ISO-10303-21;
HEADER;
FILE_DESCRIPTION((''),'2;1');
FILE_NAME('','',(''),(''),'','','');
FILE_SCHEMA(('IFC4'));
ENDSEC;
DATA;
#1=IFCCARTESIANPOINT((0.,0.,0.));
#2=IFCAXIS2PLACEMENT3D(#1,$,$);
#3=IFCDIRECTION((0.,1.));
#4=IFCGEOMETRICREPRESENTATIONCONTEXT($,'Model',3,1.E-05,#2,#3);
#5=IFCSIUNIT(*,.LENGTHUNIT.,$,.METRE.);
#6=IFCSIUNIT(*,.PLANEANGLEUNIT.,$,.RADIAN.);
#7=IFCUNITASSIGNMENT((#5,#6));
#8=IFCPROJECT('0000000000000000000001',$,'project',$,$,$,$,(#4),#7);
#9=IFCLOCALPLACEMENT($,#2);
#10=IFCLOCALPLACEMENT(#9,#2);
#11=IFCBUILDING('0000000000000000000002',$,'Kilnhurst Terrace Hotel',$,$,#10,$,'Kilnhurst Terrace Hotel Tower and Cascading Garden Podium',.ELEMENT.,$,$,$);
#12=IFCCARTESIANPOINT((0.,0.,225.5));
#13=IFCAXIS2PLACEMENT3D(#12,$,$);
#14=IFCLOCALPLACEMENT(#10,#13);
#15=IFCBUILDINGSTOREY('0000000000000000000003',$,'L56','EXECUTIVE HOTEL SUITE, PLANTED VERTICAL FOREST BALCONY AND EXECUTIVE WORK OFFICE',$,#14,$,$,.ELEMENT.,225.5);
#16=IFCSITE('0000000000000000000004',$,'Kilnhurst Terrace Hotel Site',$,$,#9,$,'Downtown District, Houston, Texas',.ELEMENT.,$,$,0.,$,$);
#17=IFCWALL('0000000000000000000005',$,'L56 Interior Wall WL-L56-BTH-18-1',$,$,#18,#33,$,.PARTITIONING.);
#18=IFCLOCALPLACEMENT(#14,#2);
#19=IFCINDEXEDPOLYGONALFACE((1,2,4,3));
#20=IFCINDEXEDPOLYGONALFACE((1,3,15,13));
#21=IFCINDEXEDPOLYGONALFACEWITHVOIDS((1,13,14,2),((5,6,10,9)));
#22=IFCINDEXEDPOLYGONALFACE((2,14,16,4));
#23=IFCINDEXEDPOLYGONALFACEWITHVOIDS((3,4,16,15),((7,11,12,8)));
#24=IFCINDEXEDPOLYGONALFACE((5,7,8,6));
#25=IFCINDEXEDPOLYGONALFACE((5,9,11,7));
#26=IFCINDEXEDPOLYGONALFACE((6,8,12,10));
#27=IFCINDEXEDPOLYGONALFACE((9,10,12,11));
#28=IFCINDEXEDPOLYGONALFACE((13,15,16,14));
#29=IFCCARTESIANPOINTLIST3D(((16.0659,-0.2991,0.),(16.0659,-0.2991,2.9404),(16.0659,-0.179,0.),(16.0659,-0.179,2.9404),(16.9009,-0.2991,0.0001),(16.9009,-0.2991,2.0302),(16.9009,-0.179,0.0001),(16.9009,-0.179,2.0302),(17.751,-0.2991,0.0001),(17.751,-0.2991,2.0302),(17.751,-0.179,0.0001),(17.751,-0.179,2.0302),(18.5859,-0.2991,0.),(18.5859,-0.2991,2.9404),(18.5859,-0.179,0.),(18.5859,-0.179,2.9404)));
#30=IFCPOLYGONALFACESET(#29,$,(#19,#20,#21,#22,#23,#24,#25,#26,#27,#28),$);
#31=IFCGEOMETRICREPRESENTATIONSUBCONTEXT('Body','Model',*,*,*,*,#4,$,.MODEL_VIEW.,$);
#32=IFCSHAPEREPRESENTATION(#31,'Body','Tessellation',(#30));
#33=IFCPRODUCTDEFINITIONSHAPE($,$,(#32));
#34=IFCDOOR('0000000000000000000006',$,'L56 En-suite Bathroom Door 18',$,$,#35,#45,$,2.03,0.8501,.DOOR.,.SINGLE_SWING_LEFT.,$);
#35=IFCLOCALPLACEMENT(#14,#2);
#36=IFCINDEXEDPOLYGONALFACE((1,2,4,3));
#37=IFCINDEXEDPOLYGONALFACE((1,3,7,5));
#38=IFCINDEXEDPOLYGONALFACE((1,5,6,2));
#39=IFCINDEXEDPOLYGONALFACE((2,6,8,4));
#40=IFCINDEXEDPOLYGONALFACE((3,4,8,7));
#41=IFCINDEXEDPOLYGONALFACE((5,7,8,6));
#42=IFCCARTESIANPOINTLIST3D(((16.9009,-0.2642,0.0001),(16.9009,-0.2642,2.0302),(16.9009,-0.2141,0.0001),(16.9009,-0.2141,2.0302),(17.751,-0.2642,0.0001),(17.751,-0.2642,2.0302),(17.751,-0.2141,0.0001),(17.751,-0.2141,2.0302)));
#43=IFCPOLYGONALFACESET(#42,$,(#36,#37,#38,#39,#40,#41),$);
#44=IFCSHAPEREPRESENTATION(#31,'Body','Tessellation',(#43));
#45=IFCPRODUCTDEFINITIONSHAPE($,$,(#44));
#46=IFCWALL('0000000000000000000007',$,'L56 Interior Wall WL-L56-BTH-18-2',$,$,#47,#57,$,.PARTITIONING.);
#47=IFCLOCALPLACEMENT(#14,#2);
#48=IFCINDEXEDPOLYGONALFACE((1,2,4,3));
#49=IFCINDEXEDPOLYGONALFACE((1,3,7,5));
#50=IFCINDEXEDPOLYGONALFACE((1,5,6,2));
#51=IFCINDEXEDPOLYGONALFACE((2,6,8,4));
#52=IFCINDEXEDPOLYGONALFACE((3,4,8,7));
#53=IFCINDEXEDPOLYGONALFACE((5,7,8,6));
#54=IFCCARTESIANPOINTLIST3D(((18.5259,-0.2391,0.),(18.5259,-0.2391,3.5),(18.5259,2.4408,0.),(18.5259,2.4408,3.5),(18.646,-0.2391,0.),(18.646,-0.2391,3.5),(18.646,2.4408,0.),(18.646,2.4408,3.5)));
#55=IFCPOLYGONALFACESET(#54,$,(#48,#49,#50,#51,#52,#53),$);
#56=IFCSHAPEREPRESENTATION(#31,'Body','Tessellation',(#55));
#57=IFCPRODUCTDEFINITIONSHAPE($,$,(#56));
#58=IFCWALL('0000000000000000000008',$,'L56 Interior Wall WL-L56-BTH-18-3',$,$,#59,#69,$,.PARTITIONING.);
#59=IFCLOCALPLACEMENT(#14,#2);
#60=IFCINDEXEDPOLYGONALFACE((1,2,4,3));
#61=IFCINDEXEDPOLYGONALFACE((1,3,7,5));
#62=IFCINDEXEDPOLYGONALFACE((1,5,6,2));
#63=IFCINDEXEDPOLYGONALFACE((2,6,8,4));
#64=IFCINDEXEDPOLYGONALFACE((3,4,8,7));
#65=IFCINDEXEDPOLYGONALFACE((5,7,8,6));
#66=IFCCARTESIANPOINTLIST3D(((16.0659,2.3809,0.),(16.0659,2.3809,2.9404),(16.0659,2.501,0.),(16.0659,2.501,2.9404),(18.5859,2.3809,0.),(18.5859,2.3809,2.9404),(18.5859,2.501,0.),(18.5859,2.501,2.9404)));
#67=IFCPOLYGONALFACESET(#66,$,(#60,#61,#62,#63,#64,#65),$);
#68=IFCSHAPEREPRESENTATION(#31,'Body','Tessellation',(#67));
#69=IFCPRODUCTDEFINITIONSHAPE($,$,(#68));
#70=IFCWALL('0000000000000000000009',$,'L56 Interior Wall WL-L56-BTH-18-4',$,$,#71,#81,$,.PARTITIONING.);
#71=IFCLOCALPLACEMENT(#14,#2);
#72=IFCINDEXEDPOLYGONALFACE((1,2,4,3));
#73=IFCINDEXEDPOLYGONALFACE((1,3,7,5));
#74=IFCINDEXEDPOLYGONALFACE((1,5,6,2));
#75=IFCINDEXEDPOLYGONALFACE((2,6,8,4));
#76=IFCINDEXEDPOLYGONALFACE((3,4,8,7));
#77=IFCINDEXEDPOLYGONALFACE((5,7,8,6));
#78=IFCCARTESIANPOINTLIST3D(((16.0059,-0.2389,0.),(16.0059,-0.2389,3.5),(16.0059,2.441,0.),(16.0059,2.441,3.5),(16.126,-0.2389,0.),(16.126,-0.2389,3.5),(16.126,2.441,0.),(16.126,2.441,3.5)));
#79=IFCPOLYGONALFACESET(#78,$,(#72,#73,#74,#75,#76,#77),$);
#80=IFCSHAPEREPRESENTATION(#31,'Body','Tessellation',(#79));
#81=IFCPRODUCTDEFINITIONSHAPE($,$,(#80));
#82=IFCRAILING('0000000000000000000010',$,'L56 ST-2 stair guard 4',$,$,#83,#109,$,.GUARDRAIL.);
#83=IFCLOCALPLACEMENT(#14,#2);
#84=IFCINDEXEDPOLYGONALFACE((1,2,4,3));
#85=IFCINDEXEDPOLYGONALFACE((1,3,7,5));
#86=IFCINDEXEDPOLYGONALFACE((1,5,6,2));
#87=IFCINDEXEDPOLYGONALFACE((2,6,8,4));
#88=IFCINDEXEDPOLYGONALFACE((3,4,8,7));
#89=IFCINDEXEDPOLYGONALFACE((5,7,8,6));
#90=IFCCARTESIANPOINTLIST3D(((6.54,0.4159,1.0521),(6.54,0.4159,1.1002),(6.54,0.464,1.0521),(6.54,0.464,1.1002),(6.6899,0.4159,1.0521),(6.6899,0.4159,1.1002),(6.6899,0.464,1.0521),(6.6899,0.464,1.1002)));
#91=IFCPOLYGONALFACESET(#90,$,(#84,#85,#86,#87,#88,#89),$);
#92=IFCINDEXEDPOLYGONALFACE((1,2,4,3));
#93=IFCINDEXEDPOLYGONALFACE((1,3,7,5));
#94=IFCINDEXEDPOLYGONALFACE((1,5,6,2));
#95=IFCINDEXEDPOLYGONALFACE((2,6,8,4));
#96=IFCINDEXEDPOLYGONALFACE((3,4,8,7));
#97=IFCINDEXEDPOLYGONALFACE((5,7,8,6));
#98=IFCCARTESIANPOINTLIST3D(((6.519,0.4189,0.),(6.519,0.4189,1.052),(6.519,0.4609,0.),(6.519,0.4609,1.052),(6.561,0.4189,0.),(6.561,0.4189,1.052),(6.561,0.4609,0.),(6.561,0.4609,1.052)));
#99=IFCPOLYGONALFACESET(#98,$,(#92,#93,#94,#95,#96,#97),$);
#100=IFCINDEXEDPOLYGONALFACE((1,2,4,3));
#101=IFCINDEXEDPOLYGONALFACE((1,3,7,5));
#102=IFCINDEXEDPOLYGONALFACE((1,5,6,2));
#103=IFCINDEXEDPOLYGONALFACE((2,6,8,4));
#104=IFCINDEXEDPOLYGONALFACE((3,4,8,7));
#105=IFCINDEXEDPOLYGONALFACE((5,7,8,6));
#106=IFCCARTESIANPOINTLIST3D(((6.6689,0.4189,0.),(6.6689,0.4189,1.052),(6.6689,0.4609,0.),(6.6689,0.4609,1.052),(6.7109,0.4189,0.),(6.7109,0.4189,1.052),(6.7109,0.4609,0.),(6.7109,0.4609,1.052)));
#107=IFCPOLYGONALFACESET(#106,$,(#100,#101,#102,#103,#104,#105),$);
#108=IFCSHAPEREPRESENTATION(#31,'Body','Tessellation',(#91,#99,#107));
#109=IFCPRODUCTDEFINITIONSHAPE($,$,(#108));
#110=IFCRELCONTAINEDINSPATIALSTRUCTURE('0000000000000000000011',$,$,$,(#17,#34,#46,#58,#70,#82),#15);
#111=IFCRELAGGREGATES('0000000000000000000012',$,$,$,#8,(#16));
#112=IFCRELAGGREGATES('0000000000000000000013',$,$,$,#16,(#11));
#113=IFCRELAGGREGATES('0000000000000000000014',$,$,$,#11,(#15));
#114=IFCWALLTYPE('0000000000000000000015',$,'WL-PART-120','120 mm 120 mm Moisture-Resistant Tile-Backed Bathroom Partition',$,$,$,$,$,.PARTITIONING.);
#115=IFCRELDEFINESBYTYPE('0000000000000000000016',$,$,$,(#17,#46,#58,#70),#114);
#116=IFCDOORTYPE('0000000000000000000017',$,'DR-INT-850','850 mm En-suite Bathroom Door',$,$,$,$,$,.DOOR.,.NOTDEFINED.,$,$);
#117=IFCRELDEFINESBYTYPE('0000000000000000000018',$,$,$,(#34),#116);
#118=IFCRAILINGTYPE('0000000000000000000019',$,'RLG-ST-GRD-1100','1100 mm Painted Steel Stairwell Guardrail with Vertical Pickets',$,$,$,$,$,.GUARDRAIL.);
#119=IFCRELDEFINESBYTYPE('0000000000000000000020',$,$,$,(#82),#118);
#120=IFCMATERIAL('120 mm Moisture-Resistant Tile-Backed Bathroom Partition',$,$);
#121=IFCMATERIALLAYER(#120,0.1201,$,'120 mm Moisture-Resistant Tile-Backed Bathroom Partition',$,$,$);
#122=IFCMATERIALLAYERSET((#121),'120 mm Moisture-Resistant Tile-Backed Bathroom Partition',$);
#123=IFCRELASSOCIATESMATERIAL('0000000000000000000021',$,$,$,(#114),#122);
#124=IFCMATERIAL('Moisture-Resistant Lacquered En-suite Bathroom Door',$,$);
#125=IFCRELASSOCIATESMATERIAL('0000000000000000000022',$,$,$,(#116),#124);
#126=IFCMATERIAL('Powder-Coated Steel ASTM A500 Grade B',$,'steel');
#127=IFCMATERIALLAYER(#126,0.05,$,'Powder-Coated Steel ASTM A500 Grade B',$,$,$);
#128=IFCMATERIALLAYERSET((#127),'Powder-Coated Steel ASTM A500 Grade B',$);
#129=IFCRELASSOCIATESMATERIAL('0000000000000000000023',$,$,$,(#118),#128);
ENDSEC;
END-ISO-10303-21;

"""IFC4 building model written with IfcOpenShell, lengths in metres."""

from ifc_helpers import new_model, si_unit, direction, frame, frame_2d, origin, origin_2d, place, context, subcontext, project, spatial, rectangle, extrude, material, layer, layer_set, type_object, element, fill, save


model = new_model("IFC4")

# Units and contexts
model_context = context("Model", 3, precision=1e-05, world=origin(), true_north=direction((0.0, 1.0)))
body_context = subcontext(model_context, "Body", "Model", "MODEL_VIEW")
ifc_project = project(units=[si_unit("LENGTHUNIT", "METRE"), si_unit("PLANEANGLEUNIT", "RADIAN")], contexts=[model_context])

# Site, building, storey
site_placement = place(None, origin())
site = spatial("IfcSite", under=ifc_project, at=site_placement, Name="Kilnhurst Terrace Hotel Site", LongName="Downtown District, Houston, Texas", CompositionType="ELEMENT", RefElevation=0.0)
building_placement = place(site_placement, origin())
building = spatial("IfcBuilding", under=site, at=building_placement, Name="Kilnhurst Terrace Hotel", LongName="Kilnhurst Terrace Hotel Tower and Cascading Garden Podium", CompositionType="ELEMENT")
storey_placement = place(building_placement, frame((0.0, 0.0, 225.5)))
storey = spatial("IfcBuildingStorey", under=building, at=storey_placement, Name="L56", Description="EXECUTIVE HOTEL SUITE, PLANTED VERTICAL FOREST BALCONY AND EXECUTIVE WORK OFFICE", CompositionType="ELEMENT", Elevation=225.5)

# Shared definitions
ifc_material_1 = material(Name="120 mm Moisture-Resistant Tile-Backed Bathroom Partition")
ifc_layer_1 = layer(ifc_material_1, 0.1201, Name="120 mm Moisture-Resistant Tile-Backed Bathroom Partition")
ifc_layer_set_1 = layer_set([ifc_layer_1], Name="120 mm Moisture-Resistant Tile-Backed Bathroom Partition")
wall_type_1 = type_object("IfcWallType", Name="WL-PART-120", Description="120 mm 120 mm Moisture-Resistant Tile-Backed Bathroom Partition", PredefinedType="PARTITIONING", material=ifc_layer_set_1)
ifc_material_2 = material(Name="Moisture-Resistant Lacquered En-suite Bathroom Door")
door_type = type_object("IfcDoorType", Name="DR-INT-850", Description="850 mm En-suite Bathroom Door", OperationType="NOTDEFINED", PredefinedType="DOOR", material=ifc_material_2)

# Wall, opening, door
wall_1_placement = place(storey_placement, frame((16.0659, -0.239, 0.0), z_axis=(0.0, 0.0, 1.0), x_axis=(1.0, 0.0, 0.0)))
wall_1 = element("IfcWall", 1, at=wall_1_placement, inside=storey, type_object=wall_type_1, Name="L56 Interior Wall WL-L56-BTH-18-1", PredefinedType="PARTITIONING", context=body_context, shape_type="SweptSolid", body=[
    extrude(rectangle(XDim=2.52, YDim=0.1201, at=frame_2d((1.26, 0.0))), origin(), (0.0, 0.0, 1.0), 2.9404),
])
opening_1_placement = place(wall_1_placement, frame((0.835, 0.0, 0.0)))
opening_1 = element("IfcOpeningElement", 2, at=opening_1_placement, cuts=wall_1, PredefinedType="OPENING", context=body_context, shape_type="SweptSolid", body=[
    extrude(rectangle(XDim=0.8501, YDim=2.03, at=frame_2d((0.425, 1.0151))), frame((0.0, 0.0701, 0.0), z_axis=(0.0, -1.0, 0.0), x_axis=(1.0, 0.0, 0.0)), (0.0, 0.0, 1.0), 0.1401),
])
door_1_placement = place(opening_1_placement, origin())
door_1 = element("IfcDoor", 3, at=door_1_placement, inside=storey, type_object=door_type, Name="L56 En-suite Bathroom Door 18", OperationType="SINGLE_SWING_LEFT", OverallHeight=2.03, OverallWidth=0.8501, PredefinedType="DOOR", context=body_context, shape_type="SweptSolid", body=[
    extrude(rectangle(XDim=0.8501, YDim=2.03, at=frame_2d((0.425, 1.0151))), frame((0.0, 0.0249, 0.0), z_axis=(0.0, -1.0, 0.0), x_axis=(1.0, 0.0, 0.0)), (0.0, 0.0, 1.0), 0.05),
])
fill(opening_1, door_1)

# Walls
wall_2_placement = place(storey_placement, frame((18.5859, -0.239, 0.0), z_axis=(0.0, 0.0, 1.0), x_axis=(0.0, 1.0, 0.0)))
element("IfcWall", 4, at=wall_2_placement, inside=storey, type_object=wall_type_1, Name="L56 Interior Wall WL-L56-BTH-18-2", PredefinedType="PARTITIONING", context=body_context, shape_type="SweptSolid", body=[
    extrude(rectangle(XDim=2.6799, YDim=0.1201, at=frame_2d((1.3398, 0.0))), origin(), (0.0, 0.0, 1.0), 3.5),
])
wall_3_placement = place(storey_placement, frame((18.5859, 2.4409, 0.0), z_axis=(0.0, 0.0, 1.0), x_axis=(-1.0, 0.0, 0.0)))
element("IfcWall", 5, at=wall_3_placement, inside=storey, type_object=wall_type_1, Name="L56 Interior Wall WL-L56-BTH-18-3", PredefinedType="PARTITIONING", context=body_context, shape_type="SweptSolid", body=[
    extrude(rectangle(XDim=2.52, YDim=0.1201, at=frame_2d((1.26, 0.0))), origin(), (0.0, 0.0, 1.0), 2.9404),
])
wall_4_placement = place(storey_placement, frame((16.0659, 2.4409, 0.0), z_axis=(0.0, 0.0, 1.0), x_axis=(0.0, -1.0, 0.0)))
element("IfcWall", 6, at=wall_4_placement, inside=storey, type_object=wall_type_1, Name="L56 Interior Wall WL-L56-BTH-18-4", PredefinedType="PARTITIONING", context=body_context, shape_type="SweptSolid", body=[
    extrude(rectangle(XDim=2.6799, YDim=0.1201, at=frame_2d((1.3398, 0.0))), origin(), (0.0, 0.0, 1.0), 3.5),
])

# Railing
ifc_material_3 = material(Name="Powder-Coated Steel ASTM A500 Grade B", Category="steel")
ifc_layer_2 = layer(ifc_material_3, 0.05, Name="Powder-Coated Steel ASTM A500 Grade B")
ifc_layer_set_2 = layer_set([ifc_layer_2], Name="Powder-Coated Steel ASTM A500 Grade B")
railing_type = type_object("IfcRailingType", Name="RLG-ST-GRD-1100", Description="1100 mm Painted Steel Stairwell Guardrail with Vertical Pickets", PredefinedType="GUARDRAIL", material=ifc_layer_set_2)
railing_placement = place(storey_placement, frame((6.54, 0.4399, 0.0)))
element("IfcRailing", 7, at=railing_placement, inside=storey, type_object=railing_type, Name="L56 ST-2 stair guard 4", PredefinedType="GUARDRAIL", context=body_context, shape_type="SweptSolid", body=[
    extrude(rectangle(XDim=0.0481, YDim=0.0481, at=origin_2d()), frame((0.0, 0.0, 1.0762), z_axis=(1.0, 0.0, 0.0), x_axis=(0.0, 1.0, 0.0)), (0.0, 0.0, 1.0), 0.1499),
    extrude(rectangle(XDim=0.042, YDim=0.042, at=origin_2d()), origin(), (0.0, 0.0, 1.0), 1.052),
    extrude(rectangle(XDim=0.042, YDim=0.042, at=origin_2d()), frame((0.1499, 0.0, 0.0)), (0.0, 0.0, 1.0), 1.052),
])

save(model, "model.ifc")
